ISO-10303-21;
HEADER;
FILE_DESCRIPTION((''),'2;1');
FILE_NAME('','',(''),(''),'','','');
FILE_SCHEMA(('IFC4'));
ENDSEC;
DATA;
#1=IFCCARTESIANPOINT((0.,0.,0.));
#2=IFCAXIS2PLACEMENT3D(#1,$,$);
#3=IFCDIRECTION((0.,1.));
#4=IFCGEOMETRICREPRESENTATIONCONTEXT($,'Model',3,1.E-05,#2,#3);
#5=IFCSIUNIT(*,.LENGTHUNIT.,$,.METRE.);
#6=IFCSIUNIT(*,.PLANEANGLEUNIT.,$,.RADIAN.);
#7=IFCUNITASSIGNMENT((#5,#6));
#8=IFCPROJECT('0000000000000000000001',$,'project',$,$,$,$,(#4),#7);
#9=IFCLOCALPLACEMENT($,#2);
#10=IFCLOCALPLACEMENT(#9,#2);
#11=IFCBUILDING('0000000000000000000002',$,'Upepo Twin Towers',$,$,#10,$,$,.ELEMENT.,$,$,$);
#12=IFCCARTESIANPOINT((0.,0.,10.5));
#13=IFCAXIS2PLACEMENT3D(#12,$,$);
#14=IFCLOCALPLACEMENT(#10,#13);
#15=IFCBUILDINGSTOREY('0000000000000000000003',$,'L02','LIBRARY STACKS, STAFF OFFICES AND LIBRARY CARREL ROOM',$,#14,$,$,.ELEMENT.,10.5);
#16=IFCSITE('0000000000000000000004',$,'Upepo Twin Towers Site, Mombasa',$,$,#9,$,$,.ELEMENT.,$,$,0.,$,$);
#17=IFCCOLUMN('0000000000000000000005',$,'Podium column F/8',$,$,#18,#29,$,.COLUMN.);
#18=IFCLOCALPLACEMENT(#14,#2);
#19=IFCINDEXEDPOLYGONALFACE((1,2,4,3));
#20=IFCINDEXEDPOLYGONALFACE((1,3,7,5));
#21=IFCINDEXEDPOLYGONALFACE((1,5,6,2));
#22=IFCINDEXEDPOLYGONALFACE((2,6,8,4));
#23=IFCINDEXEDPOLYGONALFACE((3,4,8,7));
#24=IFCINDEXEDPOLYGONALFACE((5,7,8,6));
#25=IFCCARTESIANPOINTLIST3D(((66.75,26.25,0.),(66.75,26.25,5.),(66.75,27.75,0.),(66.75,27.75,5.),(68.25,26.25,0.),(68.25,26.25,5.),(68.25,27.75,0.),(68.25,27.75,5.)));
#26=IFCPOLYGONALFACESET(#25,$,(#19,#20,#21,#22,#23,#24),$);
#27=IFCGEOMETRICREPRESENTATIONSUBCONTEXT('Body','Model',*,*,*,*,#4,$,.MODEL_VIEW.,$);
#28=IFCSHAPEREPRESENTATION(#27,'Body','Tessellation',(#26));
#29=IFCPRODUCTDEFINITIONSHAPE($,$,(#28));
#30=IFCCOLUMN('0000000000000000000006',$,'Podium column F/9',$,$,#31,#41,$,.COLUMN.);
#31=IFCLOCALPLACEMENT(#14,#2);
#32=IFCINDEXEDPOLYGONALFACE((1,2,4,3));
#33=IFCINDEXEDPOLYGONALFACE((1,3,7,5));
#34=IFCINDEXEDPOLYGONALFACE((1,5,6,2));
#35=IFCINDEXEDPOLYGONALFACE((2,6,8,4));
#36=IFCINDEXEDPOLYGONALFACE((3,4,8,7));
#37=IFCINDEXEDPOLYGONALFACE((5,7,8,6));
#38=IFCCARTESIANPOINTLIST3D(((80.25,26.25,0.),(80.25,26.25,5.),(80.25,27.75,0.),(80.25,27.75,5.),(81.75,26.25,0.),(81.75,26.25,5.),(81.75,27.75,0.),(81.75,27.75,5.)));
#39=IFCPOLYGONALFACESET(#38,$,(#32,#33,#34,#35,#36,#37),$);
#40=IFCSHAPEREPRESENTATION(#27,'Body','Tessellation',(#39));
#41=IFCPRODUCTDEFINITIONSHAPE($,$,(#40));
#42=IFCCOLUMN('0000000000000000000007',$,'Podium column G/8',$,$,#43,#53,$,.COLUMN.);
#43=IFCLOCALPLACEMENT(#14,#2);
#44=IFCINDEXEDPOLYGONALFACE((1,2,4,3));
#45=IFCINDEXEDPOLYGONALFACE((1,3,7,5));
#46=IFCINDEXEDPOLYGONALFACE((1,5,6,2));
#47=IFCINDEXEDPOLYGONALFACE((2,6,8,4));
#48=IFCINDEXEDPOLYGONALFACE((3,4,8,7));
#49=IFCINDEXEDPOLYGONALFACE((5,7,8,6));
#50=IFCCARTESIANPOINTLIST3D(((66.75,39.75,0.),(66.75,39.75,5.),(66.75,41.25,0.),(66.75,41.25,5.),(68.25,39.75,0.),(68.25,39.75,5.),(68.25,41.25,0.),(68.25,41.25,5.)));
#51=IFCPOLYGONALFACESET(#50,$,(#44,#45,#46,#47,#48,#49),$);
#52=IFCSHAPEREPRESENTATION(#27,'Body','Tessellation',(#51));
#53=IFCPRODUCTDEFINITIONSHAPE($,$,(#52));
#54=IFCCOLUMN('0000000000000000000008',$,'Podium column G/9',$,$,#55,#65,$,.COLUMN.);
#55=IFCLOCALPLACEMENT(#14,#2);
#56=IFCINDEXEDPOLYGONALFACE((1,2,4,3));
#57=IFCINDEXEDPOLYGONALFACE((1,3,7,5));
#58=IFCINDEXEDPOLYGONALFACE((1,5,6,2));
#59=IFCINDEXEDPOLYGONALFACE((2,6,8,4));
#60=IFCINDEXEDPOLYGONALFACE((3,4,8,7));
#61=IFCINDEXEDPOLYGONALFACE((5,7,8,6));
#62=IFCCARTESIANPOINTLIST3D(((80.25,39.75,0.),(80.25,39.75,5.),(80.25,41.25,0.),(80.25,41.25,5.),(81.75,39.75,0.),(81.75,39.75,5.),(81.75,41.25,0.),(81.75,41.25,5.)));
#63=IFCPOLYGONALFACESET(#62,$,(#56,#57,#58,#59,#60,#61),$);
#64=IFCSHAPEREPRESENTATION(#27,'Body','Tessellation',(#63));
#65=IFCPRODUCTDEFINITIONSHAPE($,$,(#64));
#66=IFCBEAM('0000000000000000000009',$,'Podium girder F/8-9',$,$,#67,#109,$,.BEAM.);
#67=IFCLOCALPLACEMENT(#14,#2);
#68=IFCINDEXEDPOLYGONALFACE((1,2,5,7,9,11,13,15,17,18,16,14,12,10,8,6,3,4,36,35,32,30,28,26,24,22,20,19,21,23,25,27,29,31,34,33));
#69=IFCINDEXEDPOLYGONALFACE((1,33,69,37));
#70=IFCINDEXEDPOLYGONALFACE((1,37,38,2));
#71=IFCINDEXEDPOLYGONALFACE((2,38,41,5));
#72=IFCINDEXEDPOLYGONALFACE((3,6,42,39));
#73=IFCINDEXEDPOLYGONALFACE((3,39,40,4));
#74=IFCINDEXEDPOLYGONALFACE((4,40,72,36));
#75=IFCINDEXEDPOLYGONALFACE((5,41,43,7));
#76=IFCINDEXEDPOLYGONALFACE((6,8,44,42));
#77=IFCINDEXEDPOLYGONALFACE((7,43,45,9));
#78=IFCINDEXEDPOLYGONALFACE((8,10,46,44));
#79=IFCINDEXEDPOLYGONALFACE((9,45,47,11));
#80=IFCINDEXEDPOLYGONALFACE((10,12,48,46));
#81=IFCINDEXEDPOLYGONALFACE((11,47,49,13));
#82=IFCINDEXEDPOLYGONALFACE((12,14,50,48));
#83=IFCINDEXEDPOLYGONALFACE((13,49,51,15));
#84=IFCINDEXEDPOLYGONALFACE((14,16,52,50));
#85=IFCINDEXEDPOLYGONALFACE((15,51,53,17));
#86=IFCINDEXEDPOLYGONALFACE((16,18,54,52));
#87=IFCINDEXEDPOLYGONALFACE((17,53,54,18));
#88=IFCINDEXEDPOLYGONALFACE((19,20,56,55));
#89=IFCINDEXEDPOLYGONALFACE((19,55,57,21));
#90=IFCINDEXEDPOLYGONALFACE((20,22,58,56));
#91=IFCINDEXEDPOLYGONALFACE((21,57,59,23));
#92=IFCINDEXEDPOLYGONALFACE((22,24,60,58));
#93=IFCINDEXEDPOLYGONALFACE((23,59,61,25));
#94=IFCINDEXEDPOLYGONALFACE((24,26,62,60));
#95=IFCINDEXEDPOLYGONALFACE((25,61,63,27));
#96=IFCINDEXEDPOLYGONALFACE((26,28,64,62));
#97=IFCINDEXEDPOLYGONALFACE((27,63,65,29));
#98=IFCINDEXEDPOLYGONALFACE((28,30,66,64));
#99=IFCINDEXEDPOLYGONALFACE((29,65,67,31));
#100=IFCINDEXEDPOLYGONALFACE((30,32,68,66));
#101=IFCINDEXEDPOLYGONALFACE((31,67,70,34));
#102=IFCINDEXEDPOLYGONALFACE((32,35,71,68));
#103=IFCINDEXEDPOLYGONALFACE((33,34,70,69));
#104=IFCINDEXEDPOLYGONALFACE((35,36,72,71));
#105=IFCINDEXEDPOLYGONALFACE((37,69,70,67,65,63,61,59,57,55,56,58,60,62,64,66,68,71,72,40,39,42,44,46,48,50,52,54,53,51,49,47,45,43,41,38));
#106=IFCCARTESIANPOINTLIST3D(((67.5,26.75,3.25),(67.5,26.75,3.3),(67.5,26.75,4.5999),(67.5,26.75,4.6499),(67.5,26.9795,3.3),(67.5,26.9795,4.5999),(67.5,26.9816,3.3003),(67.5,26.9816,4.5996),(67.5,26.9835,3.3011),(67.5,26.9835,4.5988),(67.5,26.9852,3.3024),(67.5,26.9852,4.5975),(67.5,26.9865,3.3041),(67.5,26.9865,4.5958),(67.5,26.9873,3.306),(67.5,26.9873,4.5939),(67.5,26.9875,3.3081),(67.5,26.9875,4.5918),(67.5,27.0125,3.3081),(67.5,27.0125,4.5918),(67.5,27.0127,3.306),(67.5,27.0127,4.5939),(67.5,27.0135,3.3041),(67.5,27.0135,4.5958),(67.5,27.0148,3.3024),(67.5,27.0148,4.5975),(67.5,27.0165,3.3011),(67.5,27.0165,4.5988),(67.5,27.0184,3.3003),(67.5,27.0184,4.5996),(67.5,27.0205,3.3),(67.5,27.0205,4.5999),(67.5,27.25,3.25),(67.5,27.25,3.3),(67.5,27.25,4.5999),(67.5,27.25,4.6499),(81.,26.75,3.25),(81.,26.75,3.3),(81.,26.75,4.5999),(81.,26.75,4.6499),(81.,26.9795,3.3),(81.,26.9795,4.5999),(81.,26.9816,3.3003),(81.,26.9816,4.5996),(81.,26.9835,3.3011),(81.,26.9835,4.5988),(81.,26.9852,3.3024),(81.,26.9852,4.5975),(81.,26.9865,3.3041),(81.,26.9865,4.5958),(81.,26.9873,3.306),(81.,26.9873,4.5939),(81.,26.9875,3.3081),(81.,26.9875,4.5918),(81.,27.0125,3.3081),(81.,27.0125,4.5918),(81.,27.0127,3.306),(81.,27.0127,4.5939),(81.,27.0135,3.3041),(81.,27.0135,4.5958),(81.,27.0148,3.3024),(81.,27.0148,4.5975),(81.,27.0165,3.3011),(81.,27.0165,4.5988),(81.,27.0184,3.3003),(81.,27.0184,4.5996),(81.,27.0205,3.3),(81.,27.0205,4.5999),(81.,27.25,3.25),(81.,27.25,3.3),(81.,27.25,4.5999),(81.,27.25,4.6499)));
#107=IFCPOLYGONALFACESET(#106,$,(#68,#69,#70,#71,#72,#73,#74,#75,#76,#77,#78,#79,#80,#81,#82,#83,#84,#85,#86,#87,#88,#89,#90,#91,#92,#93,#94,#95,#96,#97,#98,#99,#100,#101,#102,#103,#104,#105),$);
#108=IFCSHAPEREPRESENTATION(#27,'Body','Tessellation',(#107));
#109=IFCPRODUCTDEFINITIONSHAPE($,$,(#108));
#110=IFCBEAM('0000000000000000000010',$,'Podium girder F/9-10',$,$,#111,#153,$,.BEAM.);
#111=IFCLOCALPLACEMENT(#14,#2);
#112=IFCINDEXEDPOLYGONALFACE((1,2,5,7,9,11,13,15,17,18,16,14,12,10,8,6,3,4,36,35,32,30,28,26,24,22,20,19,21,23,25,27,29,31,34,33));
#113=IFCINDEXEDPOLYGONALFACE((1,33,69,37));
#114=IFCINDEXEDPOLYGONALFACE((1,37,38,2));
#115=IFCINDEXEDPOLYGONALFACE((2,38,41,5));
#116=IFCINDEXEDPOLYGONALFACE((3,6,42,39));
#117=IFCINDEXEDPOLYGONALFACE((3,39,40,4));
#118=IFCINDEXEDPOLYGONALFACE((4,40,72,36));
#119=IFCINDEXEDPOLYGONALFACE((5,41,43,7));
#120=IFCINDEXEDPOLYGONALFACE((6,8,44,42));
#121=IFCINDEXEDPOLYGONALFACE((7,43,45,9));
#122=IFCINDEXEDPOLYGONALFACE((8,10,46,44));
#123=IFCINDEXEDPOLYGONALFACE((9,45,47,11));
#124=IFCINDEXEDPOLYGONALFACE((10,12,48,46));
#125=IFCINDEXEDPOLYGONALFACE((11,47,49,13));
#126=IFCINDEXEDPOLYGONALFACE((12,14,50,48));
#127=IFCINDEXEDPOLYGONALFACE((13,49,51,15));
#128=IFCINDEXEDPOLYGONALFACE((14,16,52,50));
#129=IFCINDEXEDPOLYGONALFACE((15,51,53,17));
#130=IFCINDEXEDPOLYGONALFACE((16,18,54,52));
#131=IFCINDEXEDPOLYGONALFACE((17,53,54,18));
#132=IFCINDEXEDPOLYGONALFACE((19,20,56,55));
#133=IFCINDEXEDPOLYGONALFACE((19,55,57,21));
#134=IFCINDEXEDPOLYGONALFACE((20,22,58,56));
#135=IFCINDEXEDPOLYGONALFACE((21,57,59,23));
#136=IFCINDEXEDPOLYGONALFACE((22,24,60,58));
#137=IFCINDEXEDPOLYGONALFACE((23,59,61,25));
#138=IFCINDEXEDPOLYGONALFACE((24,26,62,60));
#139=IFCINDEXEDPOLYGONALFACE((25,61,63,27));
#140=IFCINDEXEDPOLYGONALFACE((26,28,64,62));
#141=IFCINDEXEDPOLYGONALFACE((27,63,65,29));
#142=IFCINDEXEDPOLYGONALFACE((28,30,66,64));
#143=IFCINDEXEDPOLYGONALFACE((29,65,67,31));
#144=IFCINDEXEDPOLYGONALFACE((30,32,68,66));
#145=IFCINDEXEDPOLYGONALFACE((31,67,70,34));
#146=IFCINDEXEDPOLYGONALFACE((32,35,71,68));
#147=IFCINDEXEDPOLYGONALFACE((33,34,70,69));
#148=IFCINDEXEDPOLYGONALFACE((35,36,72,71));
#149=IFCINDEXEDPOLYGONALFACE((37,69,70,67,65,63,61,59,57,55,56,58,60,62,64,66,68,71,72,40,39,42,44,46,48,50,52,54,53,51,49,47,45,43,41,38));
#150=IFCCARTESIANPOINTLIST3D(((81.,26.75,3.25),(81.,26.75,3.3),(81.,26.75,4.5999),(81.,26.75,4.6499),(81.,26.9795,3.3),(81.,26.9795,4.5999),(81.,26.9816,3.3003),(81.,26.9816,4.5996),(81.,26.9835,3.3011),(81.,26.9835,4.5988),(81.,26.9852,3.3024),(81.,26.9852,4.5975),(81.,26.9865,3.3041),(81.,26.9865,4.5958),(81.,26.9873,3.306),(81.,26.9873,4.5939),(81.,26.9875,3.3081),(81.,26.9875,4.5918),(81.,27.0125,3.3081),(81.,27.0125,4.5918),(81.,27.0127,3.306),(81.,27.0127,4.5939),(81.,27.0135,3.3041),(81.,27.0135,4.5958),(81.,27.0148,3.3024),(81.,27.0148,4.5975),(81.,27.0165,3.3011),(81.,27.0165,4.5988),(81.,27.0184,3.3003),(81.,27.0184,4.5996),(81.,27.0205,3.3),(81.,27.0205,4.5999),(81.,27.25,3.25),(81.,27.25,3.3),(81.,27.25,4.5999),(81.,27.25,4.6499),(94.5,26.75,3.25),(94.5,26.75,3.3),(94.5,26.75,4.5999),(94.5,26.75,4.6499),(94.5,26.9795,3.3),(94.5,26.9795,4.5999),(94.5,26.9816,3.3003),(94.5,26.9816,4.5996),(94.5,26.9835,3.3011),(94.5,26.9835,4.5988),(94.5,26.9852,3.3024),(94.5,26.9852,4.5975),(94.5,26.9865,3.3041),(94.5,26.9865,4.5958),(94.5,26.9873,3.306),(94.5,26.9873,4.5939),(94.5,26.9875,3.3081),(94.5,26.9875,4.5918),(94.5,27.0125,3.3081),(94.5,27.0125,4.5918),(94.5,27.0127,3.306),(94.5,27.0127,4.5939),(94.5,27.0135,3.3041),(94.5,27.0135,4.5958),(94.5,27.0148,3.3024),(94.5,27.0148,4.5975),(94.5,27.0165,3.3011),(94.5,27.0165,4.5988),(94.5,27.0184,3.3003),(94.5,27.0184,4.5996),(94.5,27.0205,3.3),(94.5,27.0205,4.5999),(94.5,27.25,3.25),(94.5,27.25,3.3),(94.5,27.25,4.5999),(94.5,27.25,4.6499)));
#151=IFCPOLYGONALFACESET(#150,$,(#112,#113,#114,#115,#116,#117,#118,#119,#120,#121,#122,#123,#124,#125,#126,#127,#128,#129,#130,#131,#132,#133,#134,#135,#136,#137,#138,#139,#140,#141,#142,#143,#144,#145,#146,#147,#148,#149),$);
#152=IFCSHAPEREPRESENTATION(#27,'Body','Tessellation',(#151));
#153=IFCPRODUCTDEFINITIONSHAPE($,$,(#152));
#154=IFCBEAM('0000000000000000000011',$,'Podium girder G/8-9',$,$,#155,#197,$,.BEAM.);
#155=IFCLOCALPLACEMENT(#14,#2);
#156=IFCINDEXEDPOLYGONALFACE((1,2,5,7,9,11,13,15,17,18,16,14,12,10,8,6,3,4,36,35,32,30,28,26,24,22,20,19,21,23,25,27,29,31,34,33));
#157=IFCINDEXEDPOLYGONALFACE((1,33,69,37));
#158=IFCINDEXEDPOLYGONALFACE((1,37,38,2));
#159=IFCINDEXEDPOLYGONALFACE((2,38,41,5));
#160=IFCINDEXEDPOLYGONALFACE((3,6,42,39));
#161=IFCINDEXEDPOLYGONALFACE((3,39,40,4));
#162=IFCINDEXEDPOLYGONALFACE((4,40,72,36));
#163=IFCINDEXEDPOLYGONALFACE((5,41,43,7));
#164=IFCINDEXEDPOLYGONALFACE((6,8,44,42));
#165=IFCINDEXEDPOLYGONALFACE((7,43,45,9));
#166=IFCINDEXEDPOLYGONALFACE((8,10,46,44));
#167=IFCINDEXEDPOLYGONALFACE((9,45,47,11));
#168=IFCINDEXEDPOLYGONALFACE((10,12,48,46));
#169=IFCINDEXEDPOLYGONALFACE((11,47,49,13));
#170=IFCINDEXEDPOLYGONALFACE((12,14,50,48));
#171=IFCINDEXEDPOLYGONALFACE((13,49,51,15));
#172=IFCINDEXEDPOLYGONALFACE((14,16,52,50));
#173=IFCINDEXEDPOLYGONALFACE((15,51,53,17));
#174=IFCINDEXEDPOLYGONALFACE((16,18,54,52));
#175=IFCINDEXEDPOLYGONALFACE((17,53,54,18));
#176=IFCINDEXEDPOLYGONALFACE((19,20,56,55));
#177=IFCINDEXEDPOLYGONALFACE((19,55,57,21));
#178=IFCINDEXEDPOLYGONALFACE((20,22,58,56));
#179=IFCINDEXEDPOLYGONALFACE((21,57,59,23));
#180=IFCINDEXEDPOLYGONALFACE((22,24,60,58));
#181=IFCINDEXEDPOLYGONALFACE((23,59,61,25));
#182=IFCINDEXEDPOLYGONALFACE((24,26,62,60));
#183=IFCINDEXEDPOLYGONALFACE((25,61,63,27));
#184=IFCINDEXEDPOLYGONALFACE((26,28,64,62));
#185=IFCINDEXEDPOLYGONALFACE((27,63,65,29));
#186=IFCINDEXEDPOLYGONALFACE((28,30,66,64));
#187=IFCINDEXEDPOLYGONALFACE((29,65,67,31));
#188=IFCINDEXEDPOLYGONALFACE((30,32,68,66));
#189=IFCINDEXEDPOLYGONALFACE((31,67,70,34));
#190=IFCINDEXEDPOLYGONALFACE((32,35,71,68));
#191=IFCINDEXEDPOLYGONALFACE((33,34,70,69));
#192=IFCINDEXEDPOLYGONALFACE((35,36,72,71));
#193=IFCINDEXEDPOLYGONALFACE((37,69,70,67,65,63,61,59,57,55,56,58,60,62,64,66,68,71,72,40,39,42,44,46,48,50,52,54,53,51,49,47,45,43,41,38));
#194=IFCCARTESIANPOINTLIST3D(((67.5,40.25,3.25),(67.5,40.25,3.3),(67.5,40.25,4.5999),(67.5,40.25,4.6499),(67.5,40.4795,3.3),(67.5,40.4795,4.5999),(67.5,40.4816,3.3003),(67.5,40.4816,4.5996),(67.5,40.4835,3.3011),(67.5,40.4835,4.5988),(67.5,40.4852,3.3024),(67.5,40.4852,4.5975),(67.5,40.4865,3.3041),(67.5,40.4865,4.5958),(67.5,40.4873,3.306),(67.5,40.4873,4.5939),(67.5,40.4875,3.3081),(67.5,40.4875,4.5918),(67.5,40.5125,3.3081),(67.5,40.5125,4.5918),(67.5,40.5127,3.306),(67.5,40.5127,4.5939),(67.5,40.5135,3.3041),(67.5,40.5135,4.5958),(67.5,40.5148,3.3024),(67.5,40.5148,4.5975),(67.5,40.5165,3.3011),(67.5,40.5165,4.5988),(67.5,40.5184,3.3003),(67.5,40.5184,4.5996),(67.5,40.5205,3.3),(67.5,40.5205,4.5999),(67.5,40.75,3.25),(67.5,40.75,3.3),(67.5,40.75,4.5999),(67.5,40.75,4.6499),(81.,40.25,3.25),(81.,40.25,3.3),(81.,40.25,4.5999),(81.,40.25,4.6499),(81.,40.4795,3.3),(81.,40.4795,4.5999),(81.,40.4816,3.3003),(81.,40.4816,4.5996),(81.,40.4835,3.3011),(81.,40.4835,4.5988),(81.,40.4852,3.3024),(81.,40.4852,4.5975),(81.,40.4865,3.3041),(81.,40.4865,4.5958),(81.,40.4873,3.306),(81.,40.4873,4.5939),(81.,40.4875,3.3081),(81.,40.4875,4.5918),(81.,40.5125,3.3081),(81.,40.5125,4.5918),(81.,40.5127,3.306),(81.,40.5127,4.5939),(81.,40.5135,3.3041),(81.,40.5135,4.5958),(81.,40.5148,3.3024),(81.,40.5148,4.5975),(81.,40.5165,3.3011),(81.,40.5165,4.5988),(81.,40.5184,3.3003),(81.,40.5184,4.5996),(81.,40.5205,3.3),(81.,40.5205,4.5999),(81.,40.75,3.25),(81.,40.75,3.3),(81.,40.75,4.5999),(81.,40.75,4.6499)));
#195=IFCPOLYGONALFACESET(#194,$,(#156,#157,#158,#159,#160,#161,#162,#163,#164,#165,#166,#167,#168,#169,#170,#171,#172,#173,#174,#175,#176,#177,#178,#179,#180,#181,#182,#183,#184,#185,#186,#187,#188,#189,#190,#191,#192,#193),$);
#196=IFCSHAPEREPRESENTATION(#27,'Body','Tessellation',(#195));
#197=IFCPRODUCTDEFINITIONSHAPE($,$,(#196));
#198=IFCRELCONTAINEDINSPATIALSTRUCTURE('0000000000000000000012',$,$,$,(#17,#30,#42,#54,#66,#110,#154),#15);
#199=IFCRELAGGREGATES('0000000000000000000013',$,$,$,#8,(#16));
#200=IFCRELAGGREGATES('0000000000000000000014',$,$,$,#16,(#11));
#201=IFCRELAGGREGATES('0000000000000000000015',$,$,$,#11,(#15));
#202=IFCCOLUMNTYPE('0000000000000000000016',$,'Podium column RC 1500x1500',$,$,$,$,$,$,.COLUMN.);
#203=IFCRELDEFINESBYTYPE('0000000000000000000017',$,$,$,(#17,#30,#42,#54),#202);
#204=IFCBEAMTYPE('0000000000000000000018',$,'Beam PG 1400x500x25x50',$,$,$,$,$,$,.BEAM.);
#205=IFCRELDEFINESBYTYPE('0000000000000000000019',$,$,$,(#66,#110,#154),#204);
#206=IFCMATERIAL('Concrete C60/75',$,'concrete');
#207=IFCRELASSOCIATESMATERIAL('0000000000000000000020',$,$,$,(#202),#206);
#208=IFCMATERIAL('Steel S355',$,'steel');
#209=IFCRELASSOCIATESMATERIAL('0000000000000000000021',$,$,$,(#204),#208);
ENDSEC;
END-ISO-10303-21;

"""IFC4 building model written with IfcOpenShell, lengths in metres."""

from ifc_helpers import new_model, si_unit, direction, frame, origin, origin_2d, place, context, subcontext, project, spatial, rectangle, i_section, extrude, material, material_profile, profile_set, type_object, element, save


model = new_model("IFC4")

# Units and contexts
model_context = context("Model", 3, precision=1e-05, world=origin(), true_north=direction((0.0, 1.0)))
body_context = subcontext(model_context, "Body", "Model", "MODEL_VIEW")
ifc_project = project(units=[si_unit("LENGTHUNIT", "METRE"), si_unit("PLANEANGLEUNIT", "RADIAN")], contexts=[model_context])

# Site, building, storey
site_placement = place(None, origin())
site = spatial("IfcSite", under=ifc_project, at=site_placement, Name="Upepo Twin Towers Site, Mombasa", CompositionType="ELEMENT", RefElevation=0.0)
building_placement = place(site_placement, origin())
building = spatial("IfcBuilding", under=site, at=building_placement, Name="Upepo Twin Towers", CompositionType="ELEMENT")
storey_placement = place(building_placement, frame((0.0, 0.0, 10.5)))
storey = spatial("IfcBuildingStorey", under=building, at=storey_placement, Name="L02", Description="LIBRARY STACKS, STAFF OFFICES AND LIBRARY CARREL ROOM", CompositionType="ELEMENT", Elevation=10.5)

# Columns
ifc_material_1 = material(Name="Concrete C60/75", Category="concrete")
ifc_material_profile_1 = material_profile(ifc_material_1, rectangle(XDim=1.5, YDim=1.5, at=origin_2d()), Name="RC 1500x1500")
ifc_profile_set_1 = profile_set([ifc_material_profile_1], Name="Concrete C60/75")
column_type = type_object("IfcColumnType", Name="Podium column RC 1500x1500", PredefinedType="COLUMN", material=ifc_profile_set_1)
for number, where, z_axis, x_axis, name in (
    (1, (67.5, 27.0, 0.0), (0.0, 0.0, 1.0), (1.0, 0.0, 0.0), "Podium column F/8"),
    (2, (81.0, 27.0, 0.0), (0.0, 0.0, 1.0), (1.0, 0.0, 0.0), "Podium column F/9"),
    (3, (67.5, 40.5, 0.0), (0.0, 0.0, 1.0), (1.0, 0.0, 0.0), "Podium column G/8"),
    (4, (81.0, 40.5, 0.0), (0.0, 0.0, 1.0), (1.0, 0.0, 0.0), "Podium column G/9"),
):
    element("IfcColumn", number, at=place(storey_placement, frame(where, z_axis=z_axis, x_axis=x_axis)), inside=storey, type_object=column_type, Name=name, PredefinedType="COLUMN", context=body_context, shape_type="SweptSolid", body=[
        extrude(rectangle(XDim=1.5, YDim=1.5, at=origin_2d()), origin(), (0.0, 0.0, 1.0), 5.0),
    ])

# Beams
ifc_material_2 = material(Name="Steel S355", Category="steel")
ifc_material_profile_2 = material_profile(ifc_material_2, i_section(OverallWidth=0.5, OverallDepth=1.3999, WebThickness=0.0249, FlangeThickness=0.05, FilletRadius=0.0081, at=origin_2d()), Name="PG 1400x500x25x50")
ifc_profile_set_2 = profile_set([ifc_material_profile_2], Name="Steel S355")
beam_type_1 = type_object("IfcBeamType", Name="Beam PG 1400x500x25x50", PredefinedType="BEAM", material=ifc_profile_set_2)
for number, where, z_axis, x_axis, name in (
    (5, (67.5, 27.0, 3.95), (1.0, 0.0, 0.0), (0.0, 1.0, 0.0), "Podium girder F/8-9"),
    (6, (81.0, 27.0, 3.95), (1.0, 0.0, 0.0), (0.0, 1.0, 0.0), "Podium girder F/9-10"),
    (7, (67.5, 40.5, 3.95), (1.0, 0.0, 0.0), (0.0, 1.0, 0.0), "Podium girder G/8-9"),
):
    element("IfcBeam", number, at=place(storey_placement, frame(where, z_axis=z_axis, x_axis=x_axis)), inside=storey, type_object=beam_type_1, Name=name, PredefinedType="BEAM", context=body_context, shape_type="SweptSolid", body=[
        extrude(i_section(OverallWidth=0.5, OverallDepth=1.3999, WebThickness=0.0249, FlangeThickness=0.05, FilletRadius=0.0081, at=origin_2d()), origin(), (0.0, 0.0, 1.0), 13.5),
    ])

save(model, "model.ifc")
